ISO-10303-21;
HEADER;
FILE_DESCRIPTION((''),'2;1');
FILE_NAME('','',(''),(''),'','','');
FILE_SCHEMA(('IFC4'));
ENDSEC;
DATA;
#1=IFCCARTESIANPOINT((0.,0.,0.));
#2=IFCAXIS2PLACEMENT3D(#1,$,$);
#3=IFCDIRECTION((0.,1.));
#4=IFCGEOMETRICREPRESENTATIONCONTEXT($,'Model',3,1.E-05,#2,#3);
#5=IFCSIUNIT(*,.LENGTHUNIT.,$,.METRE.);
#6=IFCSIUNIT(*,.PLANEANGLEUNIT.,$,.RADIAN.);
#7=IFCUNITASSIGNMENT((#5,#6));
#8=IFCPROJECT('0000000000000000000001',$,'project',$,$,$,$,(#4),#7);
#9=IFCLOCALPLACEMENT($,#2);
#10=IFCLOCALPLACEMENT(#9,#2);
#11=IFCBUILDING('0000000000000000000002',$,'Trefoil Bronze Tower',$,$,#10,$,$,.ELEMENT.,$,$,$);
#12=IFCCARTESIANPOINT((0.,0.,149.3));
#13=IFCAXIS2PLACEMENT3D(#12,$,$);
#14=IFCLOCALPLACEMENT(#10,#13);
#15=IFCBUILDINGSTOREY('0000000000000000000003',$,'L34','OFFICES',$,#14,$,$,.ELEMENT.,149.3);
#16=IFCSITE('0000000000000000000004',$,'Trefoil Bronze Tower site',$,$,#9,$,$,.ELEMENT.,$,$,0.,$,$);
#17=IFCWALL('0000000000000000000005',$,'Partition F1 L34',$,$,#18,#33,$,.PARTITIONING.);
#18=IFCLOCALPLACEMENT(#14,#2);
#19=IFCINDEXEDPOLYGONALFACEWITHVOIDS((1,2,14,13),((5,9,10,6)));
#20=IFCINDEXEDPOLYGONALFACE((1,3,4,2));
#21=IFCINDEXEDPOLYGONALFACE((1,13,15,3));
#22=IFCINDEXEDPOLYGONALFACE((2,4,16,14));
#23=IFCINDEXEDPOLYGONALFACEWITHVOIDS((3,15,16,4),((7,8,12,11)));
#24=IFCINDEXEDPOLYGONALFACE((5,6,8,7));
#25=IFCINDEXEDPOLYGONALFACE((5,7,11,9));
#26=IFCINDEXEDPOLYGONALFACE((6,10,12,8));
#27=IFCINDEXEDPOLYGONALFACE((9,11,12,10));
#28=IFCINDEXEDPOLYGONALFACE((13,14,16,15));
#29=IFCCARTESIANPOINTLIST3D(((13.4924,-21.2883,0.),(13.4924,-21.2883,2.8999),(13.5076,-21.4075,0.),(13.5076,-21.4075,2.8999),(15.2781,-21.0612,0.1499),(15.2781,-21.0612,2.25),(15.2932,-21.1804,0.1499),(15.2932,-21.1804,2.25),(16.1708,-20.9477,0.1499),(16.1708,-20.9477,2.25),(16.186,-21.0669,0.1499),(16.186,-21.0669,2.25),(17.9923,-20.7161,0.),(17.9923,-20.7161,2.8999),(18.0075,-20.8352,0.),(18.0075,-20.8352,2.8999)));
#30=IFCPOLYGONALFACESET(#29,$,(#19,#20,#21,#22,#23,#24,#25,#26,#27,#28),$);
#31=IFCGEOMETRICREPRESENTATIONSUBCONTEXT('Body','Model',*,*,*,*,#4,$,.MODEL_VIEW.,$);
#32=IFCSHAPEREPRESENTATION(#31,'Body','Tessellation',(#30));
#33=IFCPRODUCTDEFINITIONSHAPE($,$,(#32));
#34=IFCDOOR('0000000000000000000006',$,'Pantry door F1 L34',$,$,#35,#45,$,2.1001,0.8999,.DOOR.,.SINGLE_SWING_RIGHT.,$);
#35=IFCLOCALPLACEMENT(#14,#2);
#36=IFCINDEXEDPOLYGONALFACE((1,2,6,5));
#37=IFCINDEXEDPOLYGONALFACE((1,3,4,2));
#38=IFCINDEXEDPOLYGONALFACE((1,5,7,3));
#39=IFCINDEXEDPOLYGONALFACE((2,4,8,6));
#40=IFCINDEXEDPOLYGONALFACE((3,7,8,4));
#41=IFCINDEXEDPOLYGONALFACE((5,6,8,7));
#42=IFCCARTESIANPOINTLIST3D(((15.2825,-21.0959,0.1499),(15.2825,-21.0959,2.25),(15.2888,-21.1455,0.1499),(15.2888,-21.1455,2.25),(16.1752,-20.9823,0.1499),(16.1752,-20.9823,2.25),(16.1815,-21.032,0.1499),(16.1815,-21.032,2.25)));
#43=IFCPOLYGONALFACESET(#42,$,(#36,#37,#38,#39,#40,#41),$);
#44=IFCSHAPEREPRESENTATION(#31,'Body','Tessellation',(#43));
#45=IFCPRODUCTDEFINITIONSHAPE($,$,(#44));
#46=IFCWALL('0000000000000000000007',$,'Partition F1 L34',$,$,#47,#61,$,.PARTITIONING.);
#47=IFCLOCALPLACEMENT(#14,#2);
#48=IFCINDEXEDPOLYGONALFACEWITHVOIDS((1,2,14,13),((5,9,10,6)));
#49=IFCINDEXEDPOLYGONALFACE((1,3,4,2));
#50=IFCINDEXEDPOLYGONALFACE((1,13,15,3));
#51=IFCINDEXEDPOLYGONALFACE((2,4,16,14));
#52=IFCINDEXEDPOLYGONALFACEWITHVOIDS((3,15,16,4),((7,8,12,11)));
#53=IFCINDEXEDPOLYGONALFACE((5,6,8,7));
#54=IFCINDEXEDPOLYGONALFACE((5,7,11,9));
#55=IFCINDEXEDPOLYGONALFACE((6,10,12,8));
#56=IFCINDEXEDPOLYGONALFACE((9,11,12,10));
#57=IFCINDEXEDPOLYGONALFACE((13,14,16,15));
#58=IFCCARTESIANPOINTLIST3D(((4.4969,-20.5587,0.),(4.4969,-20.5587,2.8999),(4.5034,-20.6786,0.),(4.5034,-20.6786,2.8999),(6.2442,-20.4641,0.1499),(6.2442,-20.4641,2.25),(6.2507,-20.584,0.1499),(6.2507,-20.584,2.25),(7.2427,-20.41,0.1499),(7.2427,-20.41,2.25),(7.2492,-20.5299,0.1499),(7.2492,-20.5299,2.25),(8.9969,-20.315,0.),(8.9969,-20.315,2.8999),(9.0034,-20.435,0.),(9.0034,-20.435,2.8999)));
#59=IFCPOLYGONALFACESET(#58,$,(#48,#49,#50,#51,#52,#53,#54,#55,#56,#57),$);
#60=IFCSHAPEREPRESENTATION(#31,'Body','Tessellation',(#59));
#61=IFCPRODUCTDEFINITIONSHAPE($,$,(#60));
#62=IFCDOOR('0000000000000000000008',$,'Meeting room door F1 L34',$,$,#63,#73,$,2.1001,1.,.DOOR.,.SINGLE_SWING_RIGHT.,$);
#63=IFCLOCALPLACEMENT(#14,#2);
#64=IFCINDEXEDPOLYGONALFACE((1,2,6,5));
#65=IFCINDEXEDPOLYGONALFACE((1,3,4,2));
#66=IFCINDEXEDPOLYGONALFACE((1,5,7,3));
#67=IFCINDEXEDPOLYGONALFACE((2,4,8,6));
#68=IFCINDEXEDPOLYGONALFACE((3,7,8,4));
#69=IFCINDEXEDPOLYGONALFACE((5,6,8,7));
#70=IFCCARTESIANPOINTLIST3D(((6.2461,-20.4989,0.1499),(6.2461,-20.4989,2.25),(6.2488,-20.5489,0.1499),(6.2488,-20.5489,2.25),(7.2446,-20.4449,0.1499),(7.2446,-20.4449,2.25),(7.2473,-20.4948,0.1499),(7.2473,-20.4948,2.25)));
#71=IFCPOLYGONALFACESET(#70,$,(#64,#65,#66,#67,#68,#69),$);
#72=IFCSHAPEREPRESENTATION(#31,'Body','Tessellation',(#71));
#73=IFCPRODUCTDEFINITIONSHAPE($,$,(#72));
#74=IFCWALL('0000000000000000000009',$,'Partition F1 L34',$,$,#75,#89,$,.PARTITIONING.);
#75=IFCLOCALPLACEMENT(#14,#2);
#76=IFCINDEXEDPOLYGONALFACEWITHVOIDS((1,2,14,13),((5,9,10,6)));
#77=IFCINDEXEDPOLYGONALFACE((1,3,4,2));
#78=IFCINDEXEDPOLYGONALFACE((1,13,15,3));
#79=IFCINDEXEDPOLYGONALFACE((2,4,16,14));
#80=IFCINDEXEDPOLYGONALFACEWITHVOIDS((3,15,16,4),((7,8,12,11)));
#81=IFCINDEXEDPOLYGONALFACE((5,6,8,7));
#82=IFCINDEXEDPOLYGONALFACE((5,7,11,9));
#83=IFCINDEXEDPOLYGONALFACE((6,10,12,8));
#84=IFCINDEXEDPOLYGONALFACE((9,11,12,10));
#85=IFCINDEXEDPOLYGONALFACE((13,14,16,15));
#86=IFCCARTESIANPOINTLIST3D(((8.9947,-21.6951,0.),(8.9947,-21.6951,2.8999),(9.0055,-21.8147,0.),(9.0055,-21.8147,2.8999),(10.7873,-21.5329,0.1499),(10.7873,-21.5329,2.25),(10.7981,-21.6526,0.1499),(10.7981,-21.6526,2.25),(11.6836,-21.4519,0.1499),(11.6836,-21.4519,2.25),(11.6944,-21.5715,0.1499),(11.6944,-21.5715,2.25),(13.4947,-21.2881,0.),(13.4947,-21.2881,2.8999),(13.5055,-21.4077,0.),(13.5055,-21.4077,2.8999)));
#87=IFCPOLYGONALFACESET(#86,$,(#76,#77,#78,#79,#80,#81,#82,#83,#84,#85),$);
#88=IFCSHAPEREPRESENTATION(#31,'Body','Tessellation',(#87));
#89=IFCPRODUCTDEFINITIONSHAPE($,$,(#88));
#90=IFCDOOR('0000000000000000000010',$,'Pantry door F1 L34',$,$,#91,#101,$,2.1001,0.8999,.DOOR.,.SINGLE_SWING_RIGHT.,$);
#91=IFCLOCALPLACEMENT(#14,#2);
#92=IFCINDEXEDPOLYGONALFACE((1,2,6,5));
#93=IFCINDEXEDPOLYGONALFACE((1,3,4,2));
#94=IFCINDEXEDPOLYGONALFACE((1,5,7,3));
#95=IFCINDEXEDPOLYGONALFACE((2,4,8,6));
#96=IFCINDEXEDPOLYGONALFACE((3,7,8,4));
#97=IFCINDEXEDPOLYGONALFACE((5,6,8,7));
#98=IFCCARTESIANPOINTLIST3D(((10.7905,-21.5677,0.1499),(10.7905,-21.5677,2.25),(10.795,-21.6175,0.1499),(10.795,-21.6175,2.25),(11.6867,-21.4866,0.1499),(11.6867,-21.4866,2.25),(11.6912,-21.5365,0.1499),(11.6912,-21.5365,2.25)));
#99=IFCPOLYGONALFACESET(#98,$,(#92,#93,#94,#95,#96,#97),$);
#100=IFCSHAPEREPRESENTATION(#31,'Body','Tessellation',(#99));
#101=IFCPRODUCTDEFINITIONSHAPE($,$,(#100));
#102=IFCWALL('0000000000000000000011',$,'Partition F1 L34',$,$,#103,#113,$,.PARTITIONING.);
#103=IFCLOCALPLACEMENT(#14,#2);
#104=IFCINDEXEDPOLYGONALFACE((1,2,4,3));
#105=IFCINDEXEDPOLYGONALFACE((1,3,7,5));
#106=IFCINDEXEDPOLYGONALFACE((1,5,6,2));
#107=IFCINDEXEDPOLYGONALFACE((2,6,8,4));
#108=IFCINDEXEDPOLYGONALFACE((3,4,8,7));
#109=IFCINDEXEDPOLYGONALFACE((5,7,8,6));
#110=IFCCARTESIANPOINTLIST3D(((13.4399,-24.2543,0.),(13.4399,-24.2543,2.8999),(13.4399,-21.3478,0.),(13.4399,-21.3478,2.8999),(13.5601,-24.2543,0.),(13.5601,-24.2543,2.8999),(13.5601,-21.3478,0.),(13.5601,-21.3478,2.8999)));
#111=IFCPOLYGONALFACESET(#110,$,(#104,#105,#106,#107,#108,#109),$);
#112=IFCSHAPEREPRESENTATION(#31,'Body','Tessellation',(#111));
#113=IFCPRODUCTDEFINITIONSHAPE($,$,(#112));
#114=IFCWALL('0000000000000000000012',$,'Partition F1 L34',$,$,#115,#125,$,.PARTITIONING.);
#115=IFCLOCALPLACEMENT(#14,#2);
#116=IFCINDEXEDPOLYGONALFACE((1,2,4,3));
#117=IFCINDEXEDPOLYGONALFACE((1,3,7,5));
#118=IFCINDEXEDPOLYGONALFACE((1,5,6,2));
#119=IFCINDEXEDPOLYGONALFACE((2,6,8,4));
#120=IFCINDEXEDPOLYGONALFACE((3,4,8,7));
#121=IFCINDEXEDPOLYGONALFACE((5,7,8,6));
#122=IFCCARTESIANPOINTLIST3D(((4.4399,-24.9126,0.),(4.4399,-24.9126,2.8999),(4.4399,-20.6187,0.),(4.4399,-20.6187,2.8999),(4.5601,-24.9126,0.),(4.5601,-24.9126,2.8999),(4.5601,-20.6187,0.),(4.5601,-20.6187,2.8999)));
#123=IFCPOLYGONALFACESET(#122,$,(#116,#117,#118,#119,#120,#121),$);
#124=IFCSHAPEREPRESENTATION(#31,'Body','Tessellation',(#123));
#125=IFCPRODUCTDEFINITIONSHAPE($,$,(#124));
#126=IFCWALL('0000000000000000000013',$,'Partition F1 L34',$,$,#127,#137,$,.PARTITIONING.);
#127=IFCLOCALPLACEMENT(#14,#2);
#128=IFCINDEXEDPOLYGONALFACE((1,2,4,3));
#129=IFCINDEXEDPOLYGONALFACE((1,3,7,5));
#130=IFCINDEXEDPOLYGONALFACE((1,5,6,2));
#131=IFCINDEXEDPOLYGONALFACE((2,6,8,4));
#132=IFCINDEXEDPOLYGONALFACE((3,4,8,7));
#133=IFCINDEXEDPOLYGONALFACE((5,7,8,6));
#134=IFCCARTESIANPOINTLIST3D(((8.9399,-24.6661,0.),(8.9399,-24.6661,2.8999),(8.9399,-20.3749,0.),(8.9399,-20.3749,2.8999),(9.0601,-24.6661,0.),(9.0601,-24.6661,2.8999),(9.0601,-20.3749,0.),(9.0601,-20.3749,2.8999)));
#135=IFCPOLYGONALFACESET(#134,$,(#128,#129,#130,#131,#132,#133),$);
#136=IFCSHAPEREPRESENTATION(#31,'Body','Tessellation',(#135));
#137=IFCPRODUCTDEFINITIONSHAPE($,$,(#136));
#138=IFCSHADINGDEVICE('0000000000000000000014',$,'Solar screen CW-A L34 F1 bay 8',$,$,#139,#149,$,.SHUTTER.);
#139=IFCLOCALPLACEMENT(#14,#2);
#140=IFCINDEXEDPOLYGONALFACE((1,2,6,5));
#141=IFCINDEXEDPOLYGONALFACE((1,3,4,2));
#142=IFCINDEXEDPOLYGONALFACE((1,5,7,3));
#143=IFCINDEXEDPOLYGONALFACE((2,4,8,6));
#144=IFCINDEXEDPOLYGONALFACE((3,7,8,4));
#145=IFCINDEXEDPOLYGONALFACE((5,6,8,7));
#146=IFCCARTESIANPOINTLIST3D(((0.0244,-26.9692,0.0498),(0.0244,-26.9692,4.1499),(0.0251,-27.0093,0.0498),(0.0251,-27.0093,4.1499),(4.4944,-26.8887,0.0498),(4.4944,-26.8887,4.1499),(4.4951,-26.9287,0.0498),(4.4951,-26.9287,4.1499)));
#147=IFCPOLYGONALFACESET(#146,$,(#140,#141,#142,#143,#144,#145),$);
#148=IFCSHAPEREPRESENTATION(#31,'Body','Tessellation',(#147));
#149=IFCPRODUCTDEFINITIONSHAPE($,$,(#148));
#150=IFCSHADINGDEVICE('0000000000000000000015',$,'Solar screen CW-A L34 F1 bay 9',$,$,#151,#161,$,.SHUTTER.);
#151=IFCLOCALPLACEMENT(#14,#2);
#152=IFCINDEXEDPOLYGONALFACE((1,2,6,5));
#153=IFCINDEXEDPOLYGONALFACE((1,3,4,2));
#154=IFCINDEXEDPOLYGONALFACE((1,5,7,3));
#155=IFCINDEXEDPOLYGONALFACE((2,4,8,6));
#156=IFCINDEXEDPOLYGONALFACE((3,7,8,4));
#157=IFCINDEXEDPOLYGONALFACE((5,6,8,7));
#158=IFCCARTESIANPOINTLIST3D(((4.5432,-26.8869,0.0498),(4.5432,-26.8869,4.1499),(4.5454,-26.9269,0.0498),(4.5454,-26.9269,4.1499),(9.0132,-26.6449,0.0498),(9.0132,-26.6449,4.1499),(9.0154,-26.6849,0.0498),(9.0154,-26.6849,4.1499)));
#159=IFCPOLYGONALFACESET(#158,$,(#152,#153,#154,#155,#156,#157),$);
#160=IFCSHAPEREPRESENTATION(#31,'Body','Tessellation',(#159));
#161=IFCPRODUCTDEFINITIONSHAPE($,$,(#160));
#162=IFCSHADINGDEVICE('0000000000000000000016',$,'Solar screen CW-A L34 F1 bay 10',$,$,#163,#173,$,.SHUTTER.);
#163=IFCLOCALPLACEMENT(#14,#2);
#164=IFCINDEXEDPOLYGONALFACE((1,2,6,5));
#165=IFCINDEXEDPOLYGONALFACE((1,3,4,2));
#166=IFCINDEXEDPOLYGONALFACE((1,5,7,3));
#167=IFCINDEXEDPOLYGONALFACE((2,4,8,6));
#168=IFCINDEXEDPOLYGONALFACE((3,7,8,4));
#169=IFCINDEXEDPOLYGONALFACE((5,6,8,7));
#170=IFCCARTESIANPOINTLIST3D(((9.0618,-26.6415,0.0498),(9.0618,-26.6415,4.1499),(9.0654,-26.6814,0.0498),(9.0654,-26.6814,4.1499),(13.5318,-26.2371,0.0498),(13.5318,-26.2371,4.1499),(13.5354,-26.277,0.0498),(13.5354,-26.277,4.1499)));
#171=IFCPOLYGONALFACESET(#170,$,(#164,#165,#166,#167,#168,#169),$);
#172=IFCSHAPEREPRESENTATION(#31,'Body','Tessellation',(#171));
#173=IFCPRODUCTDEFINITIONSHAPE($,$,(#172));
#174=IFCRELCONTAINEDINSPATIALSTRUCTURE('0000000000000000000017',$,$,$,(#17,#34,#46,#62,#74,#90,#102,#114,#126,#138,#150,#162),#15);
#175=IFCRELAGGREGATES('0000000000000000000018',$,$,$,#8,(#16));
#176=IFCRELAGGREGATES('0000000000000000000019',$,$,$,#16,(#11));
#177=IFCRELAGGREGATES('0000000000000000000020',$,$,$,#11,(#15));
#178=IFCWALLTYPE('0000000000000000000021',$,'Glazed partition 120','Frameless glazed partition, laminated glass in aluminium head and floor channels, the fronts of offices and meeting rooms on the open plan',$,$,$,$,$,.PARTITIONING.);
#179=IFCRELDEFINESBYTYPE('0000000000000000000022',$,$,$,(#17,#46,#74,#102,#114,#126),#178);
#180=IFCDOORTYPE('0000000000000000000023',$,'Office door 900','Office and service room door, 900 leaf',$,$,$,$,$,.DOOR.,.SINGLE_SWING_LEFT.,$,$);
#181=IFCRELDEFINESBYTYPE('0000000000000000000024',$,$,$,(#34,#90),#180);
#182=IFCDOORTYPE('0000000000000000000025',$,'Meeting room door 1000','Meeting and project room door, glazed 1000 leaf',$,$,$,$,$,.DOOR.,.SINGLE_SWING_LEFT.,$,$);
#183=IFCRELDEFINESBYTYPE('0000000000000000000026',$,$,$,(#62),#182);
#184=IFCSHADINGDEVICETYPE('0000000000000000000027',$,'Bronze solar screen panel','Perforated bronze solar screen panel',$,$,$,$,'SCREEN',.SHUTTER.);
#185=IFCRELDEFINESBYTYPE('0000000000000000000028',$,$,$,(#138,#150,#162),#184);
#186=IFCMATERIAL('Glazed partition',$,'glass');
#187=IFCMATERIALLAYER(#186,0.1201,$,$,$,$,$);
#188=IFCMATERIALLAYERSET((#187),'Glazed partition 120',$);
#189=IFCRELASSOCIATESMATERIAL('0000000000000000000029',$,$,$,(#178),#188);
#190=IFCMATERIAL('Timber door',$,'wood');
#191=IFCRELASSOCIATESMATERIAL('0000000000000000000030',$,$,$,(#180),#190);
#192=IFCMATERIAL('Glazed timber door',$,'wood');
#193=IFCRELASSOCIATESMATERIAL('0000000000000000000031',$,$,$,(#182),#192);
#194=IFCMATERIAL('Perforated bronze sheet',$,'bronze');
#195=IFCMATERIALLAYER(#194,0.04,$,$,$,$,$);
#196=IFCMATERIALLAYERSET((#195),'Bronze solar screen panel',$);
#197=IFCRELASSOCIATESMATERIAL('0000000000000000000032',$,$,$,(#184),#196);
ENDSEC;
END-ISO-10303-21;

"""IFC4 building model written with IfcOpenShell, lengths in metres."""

from ifc_helpers import new_model, si_unit, direction, frame, frame_2d, origin, origin_2d, place, context, subcontext, project, spatial, rectangle, extrude, material, layer, layer_set, type_object, element, fill, save


model = new_model("IFC4")

# Units and contexts
model_context = context("Model", 3, precision=1e-05, world=origin(), true_north=direction((0.0, 1.0)))
body_context = subcontext(model_context, "Body", "Model", "MODEL_VIEW")
ifc_project = project(units=[si_unit("LENGTHUNIT", "METRE"), si_unit("PLANEANGLEUNIT", "RADIAN")], contexts=[model_context])

# Site, building, storey
site_placement = place(None, origin())
site = spatial("IfcSite", under=ifc_project, at=site_placement, Name="Trefoil Bronze Tower site", CompositionType="ELEMENT", RefElevation=0.0)
building_placement = place(site_placement, origin())
building = spatial("IfcBuilding", under=site, at=building_placement, Name="Trefoil Bronze Tower", CompositionType="ELEMENT")
storey_placement = place(building_placement, frame((0.0, 0.0, 149.3)))
storey = spatial("IfcBuildingStorey", under=building, at=storey_placement, Name="L34", Description="OFFICES", CompositionType="ELEMENT", Elevation=149.3)

# Walls, openings, doors
ifc_material_1 = material(Name="Glazed partition", Category="glass")
ifc_layer_1 = layer(ifc_material_1, 0.1201)
ifc_layer_set_1 = layer_set([ifc_layer_1], Name="Glazed partition 120")
wall_type_1 = type_object("IfcWallType", Name="Glazed partition 120", Description="Frameless glazed partition, laminated glass in aluminium head and floor channels, the fronts of offices and meeting rooms on the open plan", PredefinedType="PARTITIONING", material=ifc_layer_set_1)
wall_1_placement = place(storey_placement, frame((13.5, -21.3479, 0.0), z_axis=(0.0, 0.0, 1.0), x_axis=(0.992011, 0.126154, 0.0)))
wall_1 = element("IfcWall", 1, at=wall_1_placement, inside=storey, type_object=wall_type_1, Name="Partition F1 L34", PredefinedType="PARTITIONING", context=body_context, shape_type="SweptSolid", body=[
    extrude(rectangle(XDim=4.5361, YDim=0.1201, at=frame_2d((2.2681, 0.0))), origin(), (0.0, 0.0, 1.0), 2.8999),
])
opening_1_placement = place(wall_1_placement, frame((1.8, 0.0, 0.1499)))
opening_1 = element("IfcOpeningElement", 2, at=opening_1_placement, cuts=wall_1, PredefinedType="OPENING", context=body_context, shape_type="SweptSolid", body=[
    extrude(rectangle(XDim=0.8999, YDim=2.1001, at=frame_2d((0.45, 1.05))), frame((0.0, 0.0701, 0.0), z_axis=(0.0, -1.0, 0.0), x_axis=(1.0, 0.0, 0.0)), (0.0, 0.0, 1.0), 0.1401),
])
ifc_material_2 = material(Name="Timber door", Category="wood")
door_type_1 = type_object("IfcDoorType", Name="Office door 900", Description="Office and service room door, 900 leaf", OperationType="SINGLE_SWING_LEFT", PredefinedType="DOOR", material=ifc_material_2)
door_1_placement = place(opening_1_placement, frame((0.8999, 0.0, 0.0), z_axis=(0.0, 0.0, 1.0), x_axis=(-1.0, 0.0, 0.0)))
door_1 = element("IfcDoor", 3, at=door_1_placement, inside=storey, type_object=door_type_1, Name="Pantry door F1 L34", OperationType="SINGLE_SWING_RIGHT", OverallHeight=2.1001, OverallWidth=0.8999, PredefinedType="DOOR", context=body_context, shape_type="SweptSolid", body=[
    extrude(rectangle(XDim=0.8999, YDim=2.1001, at=frame_2d((0.45, 1.05))), frame((0.0, 0.0249, 0.0), z_axis=(0.0, -1.0, 0.0), x_axis=(1.0, 0.0, 0.0)), (0.0, 0.0, 1.0), 0.05),
])
fill(opening_1, door_1)
wall_2_placement = place(storey_placement, frame((4.5, -20.6187, 0.0), z_axis=(0.0, 0.0, 1.0), x_axis=(0.998537, 0.054066, 0.0)))
wall_2 = element("IfcWall", 4, at=wall_2_placement, inside=storey, type_object=wall_type_1, Name="Partition F1 L34", PredefinedType="PARTITIONING", context=body_context, shape_type="SweptSolid", body=[
    extrude(rectangle(XDim=4.5066, YDim=0.1201, at=frame_2d((2.2534, 0.0))), origin(), (0.0, 0.0, 1.0), 2.8999),
])
opening_2_placement = place(wall_2_placement, frame((1.75, 0.0, 0.1499)))
opening_2 = element("IfcOpeningElement", 5, at=opening_2_placement, cuts=wall_2, PredefinedType="OPENING", context=body_context, shape_type="SweptSolid", body=[
    extrude(rectangle(XDim=1.0, YDim=2.1001, at=frame_2d((0.5, 1.05))), frame((0.0, 0.0701, 0.0), z_axis=(0.0, -1.0, 0.0), x_axis=(1.0, 0.0, 0.0)), (0.0, 0.0, 1.0), 0.1401),
])
ifc_material_3 = material(Name="Glazed timber door", Category="wood")
door_type_2 = type_object("IfcDoorType", Name="Meeting room door 1000", Description="Meeting and project room door, glazed 1000 leaf", OperationType="SINGLE_SWING_LEFT", PredefinedType="DOOR", material=ifc_material_3)
door_2_placement = place(opening_2_placement, frame((1.0, 0.0, 0.0), z_axis=(0.0, 0.0, 1.0), x_axis=(-1.0, 0.0, 0.0)))
door_2 = element("IfcDoor", 6, at=door_2_placement, inside=storey, type_object=door_type_2, Name="Meeting room door F1 L34", OperationType="SINGLE_SWING_RIGHT", OverallHeight=2.1001, OverallWidth=1.0, PredefinedType="DOOR", context=body_context, shape_type="SweptSolid", body=[
    extrude(rectangle(XDim=1.0, YDim=2.1001, at=frame_2d((0.5, 1.05))), frame((0.0, 0.0249, 0.0), z_axis=(0.0, -1.0, 0.0), x_axis=(1.0, 0.0, 0.0)), (0.0, 0.0, 1.0), 0.05),
])
fill(opening_2, door_2)
wall_3_placement = place(storey_placement, frame((9.0, -21.7549, 0.0), z_axis=(0.0, 0.0, 1.0), x_axis=(0.995935, 0.090073, 0.0)))
wall_3 = element("IfcWall", 7, at=wall_3_placement, inside=storey, type_object=wall_type_1, Name="Partition F1 L34", PredefinedType="PARTITIONING", context=body_context, shape_type="SweptSolid", body=[
    extrude(rectangle(XDim=4.5183, YDim=0.1201, at=frame_2d((2.2593, 0.0))), origin(), (0.0, 0.0, 1.0), 2.8999),
])
opening_3_placement = place(wall_3_placement, frame((1.8, 0.0, 0.1499)))
opening_3 = element("IfcOpeningElement", 8, at=opening_3_placement, cuts=wall_3, PredefinedType="OPENING", context=body_context, shape_type="SweptSolid", body=[
    extrude(rectangle(XDim=0.8999, YDim=2.1001, at=frame_2d((0.45, 1.05))), frame((0.0, 0.0701, 0.0), z_axis=(0.0, -1.0, 0.0), x_axis=(1.0, 0.0, 0.0)), (0.0, 0.0, 1.0), 0.1401),
])
door_3_placement = place(opening_3_placement, frame((0.8999, 0.0, 0.0), z_axis=(0.0, 0.0, 1.0), x_axis=(-1.0, 0.0, 0.0)))
door_3 = element("IfcDoor", 9, at=door_3_placement, inside=storey, type_object=door_type_1, Name="Pantry door F1 L34", OperationType="SINGLE_SWING_RIGHT", OverallHeight=2.1001, OverallWidth=0.8999, PredefinedType="DOOR", context=body_context, shape_type="SweptSolid", body=[
    extrude(rectangle(XDim=0.8999, YDim=2.1001, at=frame_2d((0.45, 1.05))), frame((0.0, 0.0249, 0.0), z_axis=(0.0, -1.0, 0.0), x_axis=(1.0, 0.0, 0.0)), (0.0, 0.0, 1.0), 0.05),
])
fill(opening_3, door_3)

# Walls
wall_4_placement = place(storey_placement, frame((13.5, -21.3479, 0.0), z_axis=(0.0, 0.0, 1.0), x_axis=(0.0, -1.0, 0.0)))
element("IfcWall", 10, at=wall_4_placement, inside=storey, type_object=wall_type_1, Name="Partition F1 L34", PredefinedType="PARTITIONING", context=body_context, shape_type="SweptSolid", body=[
    extrude(rectangle(XDim=2.9065, YDim=0.1201, at=frame_2d((1.4531, 0.0))), origin(), (0.0, 0.0, 1.0), 2.8999),
])
wall_5_placement = place(storey_placement, frame((4.5, -20.6187, 0.0), z_axis=(0.0, 0.0, 1.0), x_axis=(0.0, -1.0, 0.0)))
element("IfcWall", 11, at=wall_5_placement, inside=storey, type_object=wall_type_1, Name="Partition F1 L34", PredefinedType="PARTITIONING", context=body_context, shape_type="SweptSolid", body=[
    extrude(rectangle(XDim=4.2939, YDim=0.1201, at=frame_2d((2.147, 0.0))), origin(), (0.0, 0.0, 1.0), 2.8999),
])
wall_6_placement = place(storey_placement, frame((9.0, -20.375, 0.0), z_axis=(0.0, 0.0, 1.0), x_axis=(0.0, -1.0, 0.0)))
element("IfcWall", 12, at=wall_6_placement, inside=storey, type_object=wall_type_1, Name="Partition F1 L34", PredefinedType="PARTITIONING", context=body_context, shape_type="SweptSolid", body=[
    extrude(rectangle(XDim=4.2913, YDim=0.1201, at=frame_2d((2.1455, 0.0))), origin(), (0.0, 0.0, 1.0), 2.8999),
])

# Shading devices
ifc_material_4 = material(Name="Perforated bronze sheet", Category="bronze")
ifc_layer_2 = layer(ifc_material_4, 0.04)
ifc_layer_set_2 = layer_set([ifc_layer_2], Name="Bronze solar screen panel")
shading_device_type = type_object("IfcShadingDeviceType", Name="Bronze solar screen panel", Description="Perforated bronze solar screen panel", ElementType="SCREEN", PredefinedType="SHUTTER", material=ifc_layer_set_2)
shading_device_1_placement = place(storey_placement, frame((2.2598, -26.949, 0.0498), z_axis=(0.0, 0.0, 1.0), x_axis=(0.999838, 0.018021, 0.0)))
element("IfcShadingDevice", 13, at=shading_device_1_placement, inside=storey, type_object=shading_device_type, Name="Solar screen CW-A L34 F1 bay 8", PredefinedType="SHUTTER", context=body_context, shape_type="SweptSolid", body=[
    extrude(rectangle(XDim=4.4707, YDim=0.04, at=origin_2d()), origin(), (0.0, 0.0, 1.0), 4.1001),
])
shading_device_2_placement = place(storey_placement, frame((6.7793, -26.7859, 0.0498), z_axis=(0.0, 0.0, 1.0), x_axis=(0.998538, 0.054063, 0.0)))
element("IfcShadingDevice", 14, at=shading_device_2_placement, inside=storey, type_object=shading_device_type, Name="Solar screen CW-A L34 F1 bay 9", PredefinedType="SHUTTER", context=body_context, shape_type="SweptSolid", body=[
    extrude(rectangle(XDim=4.4766, YDim=0.04, at=origin_2d()), origin(), (0.0, 0.0, 1.0), 4.1001),
])
shading_device_3_placement = place(storey_placement, frame((11.2986, -26.4592, 0.0498), z_axis=(0.0, 0.0, 1.0), x_axis=(0.995932, 0.090105, 0.0)))
element("IfcShadingDevice", 15, at=shading_device_3_placement, inside=storey, type_object=shading_device_type, Name="Solar screen CW-A L34 F1 bay 10", PredefinedType="SHUTTER", context=body_context, shape_type="SweptSolid", body=[
    extrude(rectangle(XDim=4.4883, YDim=0.04, at=origin_2d()), origin(), (0.0, 0.0, 1.0), 4.1001),
])

save(model, "model.ifc")
